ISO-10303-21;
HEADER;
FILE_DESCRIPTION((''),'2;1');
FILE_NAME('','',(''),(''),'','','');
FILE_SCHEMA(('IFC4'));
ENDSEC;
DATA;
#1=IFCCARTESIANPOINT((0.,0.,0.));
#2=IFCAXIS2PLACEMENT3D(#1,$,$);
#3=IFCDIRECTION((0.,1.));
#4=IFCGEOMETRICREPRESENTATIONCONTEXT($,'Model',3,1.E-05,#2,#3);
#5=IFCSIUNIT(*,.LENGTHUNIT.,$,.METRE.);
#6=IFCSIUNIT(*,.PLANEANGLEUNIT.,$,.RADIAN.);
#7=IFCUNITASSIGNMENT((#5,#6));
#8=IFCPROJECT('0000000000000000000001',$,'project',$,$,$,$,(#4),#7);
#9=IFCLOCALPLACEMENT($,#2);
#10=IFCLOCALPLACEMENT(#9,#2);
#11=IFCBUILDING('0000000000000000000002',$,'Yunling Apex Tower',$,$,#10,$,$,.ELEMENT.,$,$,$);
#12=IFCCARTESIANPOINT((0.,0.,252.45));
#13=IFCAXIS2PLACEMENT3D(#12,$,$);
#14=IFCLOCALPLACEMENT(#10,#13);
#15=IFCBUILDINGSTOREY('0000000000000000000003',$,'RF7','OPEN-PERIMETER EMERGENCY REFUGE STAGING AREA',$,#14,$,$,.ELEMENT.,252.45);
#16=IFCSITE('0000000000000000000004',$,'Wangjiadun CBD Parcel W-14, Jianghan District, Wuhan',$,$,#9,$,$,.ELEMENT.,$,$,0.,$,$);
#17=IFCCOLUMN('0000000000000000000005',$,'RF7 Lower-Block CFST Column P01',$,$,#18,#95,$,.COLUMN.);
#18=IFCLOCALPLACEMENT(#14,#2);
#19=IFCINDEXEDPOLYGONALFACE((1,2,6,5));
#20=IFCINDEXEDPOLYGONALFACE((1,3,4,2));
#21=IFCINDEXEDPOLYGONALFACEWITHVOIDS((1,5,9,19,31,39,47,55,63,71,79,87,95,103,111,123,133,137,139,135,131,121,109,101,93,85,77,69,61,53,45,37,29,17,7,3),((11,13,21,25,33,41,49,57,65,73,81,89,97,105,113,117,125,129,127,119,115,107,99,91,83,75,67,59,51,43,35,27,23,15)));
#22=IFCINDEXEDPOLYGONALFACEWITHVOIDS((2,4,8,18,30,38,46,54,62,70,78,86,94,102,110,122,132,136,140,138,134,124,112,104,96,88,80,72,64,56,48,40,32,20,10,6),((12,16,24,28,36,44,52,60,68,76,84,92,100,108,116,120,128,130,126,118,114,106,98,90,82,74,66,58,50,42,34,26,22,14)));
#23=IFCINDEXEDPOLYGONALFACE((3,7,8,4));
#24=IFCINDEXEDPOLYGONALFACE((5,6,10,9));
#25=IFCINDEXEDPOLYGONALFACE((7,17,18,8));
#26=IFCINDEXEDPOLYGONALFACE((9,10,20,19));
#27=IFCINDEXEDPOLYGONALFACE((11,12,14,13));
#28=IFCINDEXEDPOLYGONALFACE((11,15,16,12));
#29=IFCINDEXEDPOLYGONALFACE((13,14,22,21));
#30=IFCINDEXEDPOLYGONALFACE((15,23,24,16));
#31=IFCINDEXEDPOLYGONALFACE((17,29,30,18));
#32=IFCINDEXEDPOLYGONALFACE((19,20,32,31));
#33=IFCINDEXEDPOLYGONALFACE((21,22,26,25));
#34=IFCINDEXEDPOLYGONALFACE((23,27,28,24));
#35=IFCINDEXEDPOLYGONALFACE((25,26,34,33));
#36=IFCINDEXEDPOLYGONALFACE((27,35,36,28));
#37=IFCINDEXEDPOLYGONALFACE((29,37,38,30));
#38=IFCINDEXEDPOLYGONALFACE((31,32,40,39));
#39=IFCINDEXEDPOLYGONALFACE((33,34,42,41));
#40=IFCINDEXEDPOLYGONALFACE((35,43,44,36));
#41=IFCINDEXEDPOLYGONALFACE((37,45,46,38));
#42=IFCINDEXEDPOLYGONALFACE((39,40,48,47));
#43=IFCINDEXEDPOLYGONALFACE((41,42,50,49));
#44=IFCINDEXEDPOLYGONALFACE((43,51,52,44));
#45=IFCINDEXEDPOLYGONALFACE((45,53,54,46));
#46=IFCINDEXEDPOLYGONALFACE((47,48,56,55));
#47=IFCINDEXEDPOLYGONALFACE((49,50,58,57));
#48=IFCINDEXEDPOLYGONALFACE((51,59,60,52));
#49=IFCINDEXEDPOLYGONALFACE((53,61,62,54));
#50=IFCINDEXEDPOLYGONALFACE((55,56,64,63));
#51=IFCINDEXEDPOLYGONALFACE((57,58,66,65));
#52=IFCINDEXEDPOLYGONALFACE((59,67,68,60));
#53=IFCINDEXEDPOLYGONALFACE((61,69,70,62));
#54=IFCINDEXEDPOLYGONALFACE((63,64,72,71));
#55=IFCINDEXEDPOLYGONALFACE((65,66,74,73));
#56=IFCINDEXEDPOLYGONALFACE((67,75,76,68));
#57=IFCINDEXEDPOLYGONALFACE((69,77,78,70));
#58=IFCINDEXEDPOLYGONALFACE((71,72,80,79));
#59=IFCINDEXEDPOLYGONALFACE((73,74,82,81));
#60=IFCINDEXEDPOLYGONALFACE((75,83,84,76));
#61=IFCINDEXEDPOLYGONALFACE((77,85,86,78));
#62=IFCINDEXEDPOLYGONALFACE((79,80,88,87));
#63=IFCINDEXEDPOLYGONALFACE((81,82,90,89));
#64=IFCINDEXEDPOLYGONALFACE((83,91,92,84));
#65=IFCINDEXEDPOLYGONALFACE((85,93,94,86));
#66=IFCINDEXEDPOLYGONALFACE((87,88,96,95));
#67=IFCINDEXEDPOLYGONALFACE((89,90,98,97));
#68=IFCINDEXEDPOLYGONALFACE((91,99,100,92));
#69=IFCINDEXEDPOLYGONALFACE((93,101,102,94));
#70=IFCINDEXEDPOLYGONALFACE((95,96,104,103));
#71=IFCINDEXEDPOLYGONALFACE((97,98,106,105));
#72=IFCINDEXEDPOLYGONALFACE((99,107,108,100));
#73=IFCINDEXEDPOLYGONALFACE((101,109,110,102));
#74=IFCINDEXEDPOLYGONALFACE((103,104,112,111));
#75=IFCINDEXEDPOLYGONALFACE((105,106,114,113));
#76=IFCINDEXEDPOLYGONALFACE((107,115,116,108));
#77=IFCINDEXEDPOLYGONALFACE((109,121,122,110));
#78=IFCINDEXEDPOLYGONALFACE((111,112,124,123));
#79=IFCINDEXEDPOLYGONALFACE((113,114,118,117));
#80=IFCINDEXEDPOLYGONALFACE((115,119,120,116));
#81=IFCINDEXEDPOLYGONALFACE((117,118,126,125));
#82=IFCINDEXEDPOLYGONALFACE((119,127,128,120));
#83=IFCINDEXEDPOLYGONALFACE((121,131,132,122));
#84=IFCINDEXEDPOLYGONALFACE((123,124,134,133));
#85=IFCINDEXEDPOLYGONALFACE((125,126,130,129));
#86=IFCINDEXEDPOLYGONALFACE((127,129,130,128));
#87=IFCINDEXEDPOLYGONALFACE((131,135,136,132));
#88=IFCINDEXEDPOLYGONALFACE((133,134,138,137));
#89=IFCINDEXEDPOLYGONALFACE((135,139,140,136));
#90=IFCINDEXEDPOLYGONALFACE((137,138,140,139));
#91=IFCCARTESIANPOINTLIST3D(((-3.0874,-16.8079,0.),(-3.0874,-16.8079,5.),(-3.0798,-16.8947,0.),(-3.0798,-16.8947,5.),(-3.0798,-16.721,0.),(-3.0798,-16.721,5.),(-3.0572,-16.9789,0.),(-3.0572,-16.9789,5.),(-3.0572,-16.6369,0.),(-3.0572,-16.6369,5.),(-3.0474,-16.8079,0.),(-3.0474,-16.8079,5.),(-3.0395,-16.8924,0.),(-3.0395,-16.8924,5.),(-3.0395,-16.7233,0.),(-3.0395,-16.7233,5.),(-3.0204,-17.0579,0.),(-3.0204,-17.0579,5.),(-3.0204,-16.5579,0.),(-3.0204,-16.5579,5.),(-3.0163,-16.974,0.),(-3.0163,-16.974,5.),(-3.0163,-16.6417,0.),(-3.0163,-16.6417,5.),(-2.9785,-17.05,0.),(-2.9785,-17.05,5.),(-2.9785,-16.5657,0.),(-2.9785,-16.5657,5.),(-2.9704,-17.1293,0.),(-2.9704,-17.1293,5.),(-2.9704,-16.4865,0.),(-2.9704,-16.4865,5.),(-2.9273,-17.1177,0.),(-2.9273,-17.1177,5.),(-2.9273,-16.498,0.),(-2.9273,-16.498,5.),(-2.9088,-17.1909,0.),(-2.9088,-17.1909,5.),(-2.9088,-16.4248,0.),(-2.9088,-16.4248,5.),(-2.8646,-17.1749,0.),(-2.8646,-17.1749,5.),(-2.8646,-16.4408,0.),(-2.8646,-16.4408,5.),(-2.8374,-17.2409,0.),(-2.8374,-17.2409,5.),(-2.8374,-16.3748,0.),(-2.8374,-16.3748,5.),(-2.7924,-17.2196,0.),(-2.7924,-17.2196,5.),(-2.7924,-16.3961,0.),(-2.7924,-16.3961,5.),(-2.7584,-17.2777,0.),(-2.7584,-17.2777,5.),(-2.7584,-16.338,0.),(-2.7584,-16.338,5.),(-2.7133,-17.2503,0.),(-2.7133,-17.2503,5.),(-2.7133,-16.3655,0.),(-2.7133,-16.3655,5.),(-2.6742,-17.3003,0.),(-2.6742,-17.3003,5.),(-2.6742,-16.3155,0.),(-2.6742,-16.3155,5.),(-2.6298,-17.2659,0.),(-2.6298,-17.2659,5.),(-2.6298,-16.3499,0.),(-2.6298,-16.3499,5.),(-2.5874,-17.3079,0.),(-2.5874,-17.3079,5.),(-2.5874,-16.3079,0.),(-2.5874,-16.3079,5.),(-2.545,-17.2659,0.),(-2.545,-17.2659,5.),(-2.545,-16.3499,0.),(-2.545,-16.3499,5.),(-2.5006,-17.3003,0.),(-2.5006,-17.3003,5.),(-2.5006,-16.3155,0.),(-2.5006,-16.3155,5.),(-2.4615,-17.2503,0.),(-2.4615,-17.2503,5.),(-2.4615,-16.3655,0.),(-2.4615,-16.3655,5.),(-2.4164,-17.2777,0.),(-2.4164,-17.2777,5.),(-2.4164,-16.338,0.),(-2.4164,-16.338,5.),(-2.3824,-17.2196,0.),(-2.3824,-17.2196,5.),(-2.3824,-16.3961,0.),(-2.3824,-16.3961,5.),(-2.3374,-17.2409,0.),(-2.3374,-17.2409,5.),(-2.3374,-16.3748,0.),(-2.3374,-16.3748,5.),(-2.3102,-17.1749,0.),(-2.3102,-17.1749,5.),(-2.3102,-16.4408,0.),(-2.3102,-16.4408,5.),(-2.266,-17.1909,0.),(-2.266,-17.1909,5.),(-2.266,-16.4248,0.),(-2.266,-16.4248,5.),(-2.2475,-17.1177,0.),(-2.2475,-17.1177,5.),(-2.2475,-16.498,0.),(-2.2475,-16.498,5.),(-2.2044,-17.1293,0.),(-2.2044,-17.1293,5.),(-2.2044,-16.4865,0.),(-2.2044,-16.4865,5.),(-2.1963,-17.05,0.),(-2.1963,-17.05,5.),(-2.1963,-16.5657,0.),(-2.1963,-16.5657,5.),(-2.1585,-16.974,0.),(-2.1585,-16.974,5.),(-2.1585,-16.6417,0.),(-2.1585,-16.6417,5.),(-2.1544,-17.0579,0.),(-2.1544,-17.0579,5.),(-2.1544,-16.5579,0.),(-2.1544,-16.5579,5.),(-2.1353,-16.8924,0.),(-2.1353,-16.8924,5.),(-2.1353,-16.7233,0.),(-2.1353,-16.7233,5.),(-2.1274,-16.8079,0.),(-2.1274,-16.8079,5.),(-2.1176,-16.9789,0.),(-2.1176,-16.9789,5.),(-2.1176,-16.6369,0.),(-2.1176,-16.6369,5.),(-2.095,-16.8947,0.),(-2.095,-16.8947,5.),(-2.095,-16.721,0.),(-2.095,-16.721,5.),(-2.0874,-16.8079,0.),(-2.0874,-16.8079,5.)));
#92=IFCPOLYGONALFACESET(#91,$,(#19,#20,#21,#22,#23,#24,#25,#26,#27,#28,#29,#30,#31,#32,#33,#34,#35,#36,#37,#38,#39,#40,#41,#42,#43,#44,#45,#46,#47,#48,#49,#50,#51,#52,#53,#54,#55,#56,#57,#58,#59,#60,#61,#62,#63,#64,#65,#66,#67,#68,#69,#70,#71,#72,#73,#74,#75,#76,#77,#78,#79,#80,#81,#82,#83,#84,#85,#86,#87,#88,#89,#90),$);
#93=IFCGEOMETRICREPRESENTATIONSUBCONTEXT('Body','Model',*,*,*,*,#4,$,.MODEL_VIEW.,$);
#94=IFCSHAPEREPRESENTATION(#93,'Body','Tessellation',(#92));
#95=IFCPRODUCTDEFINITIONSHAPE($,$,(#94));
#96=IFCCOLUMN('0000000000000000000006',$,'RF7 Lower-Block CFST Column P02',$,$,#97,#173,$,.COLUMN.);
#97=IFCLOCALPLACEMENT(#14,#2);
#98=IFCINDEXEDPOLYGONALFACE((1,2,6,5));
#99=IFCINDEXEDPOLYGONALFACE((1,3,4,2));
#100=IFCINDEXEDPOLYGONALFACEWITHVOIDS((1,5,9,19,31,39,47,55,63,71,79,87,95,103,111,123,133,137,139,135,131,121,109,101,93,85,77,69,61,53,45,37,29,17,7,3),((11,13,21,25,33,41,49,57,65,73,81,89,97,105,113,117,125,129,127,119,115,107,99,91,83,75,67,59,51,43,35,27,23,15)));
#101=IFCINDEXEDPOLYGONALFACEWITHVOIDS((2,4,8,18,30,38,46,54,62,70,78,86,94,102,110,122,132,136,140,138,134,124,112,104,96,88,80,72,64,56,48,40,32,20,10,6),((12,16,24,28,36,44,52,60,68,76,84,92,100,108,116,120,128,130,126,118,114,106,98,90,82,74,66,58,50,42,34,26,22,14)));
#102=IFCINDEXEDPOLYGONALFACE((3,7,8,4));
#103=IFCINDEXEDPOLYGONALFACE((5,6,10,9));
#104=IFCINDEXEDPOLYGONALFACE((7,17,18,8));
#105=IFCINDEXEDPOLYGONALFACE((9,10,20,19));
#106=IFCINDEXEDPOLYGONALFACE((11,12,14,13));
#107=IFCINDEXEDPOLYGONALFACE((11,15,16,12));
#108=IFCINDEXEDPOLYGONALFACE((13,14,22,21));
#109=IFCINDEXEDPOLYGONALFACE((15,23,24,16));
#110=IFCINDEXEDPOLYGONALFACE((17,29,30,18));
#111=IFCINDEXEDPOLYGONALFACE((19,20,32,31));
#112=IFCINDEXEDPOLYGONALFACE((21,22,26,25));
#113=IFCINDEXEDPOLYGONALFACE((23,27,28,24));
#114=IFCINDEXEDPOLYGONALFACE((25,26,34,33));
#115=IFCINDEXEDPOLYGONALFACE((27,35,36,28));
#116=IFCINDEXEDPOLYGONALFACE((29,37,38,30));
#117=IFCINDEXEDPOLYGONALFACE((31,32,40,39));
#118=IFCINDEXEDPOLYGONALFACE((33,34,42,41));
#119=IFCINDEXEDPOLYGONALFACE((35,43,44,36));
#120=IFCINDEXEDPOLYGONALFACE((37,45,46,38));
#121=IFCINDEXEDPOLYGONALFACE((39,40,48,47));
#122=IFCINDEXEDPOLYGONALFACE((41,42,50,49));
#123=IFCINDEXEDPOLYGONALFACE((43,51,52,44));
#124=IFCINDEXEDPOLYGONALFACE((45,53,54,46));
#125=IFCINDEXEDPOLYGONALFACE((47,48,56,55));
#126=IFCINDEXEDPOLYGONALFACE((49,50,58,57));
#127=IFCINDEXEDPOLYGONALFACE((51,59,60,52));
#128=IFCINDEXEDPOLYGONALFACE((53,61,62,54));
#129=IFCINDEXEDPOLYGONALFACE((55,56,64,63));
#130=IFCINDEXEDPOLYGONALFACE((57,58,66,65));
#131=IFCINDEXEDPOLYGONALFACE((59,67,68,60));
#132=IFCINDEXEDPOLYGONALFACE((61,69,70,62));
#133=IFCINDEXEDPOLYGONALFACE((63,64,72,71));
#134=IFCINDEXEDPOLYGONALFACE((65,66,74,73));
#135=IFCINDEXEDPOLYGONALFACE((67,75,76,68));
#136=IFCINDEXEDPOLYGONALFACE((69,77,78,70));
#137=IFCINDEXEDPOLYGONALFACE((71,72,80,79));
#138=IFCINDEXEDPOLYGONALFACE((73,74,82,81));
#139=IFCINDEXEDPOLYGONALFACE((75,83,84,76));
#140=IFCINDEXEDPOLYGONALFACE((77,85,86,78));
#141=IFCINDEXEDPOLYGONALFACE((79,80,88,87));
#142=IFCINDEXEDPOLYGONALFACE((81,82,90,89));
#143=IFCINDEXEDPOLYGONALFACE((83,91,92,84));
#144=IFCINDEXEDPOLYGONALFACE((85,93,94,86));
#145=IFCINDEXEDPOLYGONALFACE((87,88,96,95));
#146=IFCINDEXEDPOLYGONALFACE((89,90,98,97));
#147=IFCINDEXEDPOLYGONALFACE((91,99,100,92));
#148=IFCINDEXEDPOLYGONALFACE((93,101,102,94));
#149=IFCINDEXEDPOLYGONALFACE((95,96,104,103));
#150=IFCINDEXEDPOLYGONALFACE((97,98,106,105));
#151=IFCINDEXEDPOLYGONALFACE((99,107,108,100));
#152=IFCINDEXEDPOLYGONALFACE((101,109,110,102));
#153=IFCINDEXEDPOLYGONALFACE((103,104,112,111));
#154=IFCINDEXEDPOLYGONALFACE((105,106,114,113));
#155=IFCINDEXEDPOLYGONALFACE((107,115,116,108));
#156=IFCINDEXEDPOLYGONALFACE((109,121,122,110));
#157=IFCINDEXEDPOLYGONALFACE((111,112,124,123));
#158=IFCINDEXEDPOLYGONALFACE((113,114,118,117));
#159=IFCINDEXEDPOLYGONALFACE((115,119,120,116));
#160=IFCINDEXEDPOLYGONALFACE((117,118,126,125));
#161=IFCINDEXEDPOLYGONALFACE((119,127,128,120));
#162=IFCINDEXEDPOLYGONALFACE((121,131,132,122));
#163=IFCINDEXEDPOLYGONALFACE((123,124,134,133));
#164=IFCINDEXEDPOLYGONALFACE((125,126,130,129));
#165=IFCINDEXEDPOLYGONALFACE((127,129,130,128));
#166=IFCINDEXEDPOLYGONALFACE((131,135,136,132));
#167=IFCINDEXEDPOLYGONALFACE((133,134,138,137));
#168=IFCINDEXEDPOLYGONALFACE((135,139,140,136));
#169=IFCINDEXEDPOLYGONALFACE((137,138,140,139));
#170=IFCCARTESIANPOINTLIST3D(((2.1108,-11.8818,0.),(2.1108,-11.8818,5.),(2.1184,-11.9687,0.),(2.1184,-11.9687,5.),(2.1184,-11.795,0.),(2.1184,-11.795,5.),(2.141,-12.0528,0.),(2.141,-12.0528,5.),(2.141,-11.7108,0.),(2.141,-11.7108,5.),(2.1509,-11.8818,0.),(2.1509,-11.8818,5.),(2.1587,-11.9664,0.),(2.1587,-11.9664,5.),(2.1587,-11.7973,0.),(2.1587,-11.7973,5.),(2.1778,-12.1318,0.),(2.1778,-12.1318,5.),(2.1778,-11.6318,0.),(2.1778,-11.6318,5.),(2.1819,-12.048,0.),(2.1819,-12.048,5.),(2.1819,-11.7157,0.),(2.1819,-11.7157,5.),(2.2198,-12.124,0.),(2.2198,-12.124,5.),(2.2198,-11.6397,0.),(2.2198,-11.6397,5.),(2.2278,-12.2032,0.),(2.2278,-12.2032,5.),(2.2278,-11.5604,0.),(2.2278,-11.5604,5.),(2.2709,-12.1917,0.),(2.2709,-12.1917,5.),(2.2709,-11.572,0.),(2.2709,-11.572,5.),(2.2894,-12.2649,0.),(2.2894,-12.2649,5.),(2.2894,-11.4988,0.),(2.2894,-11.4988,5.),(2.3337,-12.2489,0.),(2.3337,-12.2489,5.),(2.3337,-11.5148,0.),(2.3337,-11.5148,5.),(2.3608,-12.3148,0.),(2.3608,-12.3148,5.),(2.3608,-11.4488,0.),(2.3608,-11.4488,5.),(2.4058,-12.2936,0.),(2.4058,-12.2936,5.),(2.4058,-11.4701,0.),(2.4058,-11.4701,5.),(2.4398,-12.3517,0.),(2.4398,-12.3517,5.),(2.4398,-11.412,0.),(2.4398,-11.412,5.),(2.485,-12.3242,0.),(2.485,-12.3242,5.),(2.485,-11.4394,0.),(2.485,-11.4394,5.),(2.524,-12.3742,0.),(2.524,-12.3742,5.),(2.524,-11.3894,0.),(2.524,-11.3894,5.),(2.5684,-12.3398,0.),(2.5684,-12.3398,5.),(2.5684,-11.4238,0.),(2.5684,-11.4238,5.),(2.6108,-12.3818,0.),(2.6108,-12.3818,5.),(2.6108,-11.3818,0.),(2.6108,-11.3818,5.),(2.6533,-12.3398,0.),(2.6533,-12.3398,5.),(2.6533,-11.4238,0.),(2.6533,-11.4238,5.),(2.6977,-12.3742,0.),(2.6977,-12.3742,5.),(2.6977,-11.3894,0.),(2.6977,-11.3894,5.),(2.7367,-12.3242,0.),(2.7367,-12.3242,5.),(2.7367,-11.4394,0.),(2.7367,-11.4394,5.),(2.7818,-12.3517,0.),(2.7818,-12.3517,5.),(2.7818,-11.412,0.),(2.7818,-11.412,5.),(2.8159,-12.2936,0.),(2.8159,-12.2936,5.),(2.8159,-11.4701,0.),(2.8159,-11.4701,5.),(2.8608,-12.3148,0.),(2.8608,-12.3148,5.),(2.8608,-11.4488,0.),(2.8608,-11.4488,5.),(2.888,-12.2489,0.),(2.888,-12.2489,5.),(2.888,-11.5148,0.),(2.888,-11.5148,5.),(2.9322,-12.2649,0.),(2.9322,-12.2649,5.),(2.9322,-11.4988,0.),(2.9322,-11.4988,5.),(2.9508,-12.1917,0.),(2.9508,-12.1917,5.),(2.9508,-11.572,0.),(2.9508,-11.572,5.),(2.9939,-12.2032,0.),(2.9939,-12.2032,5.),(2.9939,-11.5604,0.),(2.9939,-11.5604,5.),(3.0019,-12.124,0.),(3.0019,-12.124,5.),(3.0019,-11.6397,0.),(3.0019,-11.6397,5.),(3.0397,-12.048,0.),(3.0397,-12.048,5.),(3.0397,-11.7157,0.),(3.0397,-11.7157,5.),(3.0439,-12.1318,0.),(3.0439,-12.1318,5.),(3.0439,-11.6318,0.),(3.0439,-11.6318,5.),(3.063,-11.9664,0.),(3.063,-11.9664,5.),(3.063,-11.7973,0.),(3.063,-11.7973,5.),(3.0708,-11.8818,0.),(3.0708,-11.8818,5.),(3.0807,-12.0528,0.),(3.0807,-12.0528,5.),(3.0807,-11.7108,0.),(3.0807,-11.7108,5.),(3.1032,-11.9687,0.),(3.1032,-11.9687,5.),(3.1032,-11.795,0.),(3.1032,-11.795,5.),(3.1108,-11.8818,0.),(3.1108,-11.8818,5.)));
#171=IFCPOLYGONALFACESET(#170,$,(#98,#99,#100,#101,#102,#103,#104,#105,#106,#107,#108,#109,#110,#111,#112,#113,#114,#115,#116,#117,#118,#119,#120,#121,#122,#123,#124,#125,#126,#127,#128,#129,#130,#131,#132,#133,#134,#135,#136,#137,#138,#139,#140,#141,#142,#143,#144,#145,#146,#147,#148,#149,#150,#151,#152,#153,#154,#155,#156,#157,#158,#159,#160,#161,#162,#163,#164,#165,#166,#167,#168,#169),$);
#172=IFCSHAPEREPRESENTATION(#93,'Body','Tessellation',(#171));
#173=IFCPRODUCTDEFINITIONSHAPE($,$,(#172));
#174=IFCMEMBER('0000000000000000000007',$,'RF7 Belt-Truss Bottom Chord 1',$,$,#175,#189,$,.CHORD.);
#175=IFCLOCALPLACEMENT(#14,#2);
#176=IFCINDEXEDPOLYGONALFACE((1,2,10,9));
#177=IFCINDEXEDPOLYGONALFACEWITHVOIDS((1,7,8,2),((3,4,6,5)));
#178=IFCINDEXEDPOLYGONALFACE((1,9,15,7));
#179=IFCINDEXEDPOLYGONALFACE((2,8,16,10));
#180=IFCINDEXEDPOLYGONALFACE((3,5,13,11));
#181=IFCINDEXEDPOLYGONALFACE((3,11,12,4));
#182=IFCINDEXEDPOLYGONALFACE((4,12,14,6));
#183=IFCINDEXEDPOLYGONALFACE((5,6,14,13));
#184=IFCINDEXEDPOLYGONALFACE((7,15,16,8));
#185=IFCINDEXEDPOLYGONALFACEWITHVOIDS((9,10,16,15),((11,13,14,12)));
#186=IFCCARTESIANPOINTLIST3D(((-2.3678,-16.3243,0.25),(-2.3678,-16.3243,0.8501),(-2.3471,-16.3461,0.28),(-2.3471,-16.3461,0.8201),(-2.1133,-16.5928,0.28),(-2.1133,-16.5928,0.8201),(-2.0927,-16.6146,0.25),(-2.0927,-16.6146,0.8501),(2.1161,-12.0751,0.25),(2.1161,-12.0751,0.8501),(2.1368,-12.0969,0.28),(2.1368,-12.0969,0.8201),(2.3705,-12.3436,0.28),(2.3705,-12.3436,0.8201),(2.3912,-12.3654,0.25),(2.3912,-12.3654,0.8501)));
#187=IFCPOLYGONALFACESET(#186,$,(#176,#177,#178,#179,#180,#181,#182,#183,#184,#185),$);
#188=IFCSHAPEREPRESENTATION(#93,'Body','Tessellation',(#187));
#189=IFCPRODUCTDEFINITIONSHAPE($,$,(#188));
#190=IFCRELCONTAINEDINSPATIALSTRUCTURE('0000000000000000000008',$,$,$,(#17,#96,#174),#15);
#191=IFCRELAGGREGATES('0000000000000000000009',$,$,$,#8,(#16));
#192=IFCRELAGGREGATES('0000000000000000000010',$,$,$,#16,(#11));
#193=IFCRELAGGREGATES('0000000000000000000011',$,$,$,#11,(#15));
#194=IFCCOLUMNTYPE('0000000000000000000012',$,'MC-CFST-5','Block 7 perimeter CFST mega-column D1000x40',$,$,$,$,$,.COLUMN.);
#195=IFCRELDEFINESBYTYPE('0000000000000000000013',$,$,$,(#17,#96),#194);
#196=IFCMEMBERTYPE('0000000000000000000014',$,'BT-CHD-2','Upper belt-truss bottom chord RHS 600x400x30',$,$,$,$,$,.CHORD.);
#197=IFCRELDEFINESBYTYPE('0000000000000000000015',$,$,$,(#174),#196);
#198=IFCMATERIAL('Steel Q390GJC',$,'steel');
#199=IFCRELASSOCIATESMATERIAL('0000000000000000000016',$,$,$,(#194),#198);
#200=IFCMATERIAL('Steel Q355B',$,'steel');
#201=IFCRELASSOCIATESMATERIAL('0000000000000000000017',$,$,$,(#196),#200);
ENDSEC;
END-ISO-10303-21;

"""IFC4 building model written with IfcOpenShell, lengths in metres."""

from ifc_helpers import new_model, si_unit, direction, frame, origin, origin_2d, place, context, subcontext, project, spatial, hollow_rectangle, hollow_circle, extrude, source, transform, mapped, material, material_profile, profile_set, type_object, element, save


model = new_model("IFC4")

# Units and contexts
model_context = context("Model", 3, precision=1e-05, world=origin(), true_north=direction((0.0, 1.0)))
body_context = subcontext(model_context, "Body", "Model", "MODEL_VIEW")
ifc_project = project(units=[si_unit("LENGTHUNIT", "METRE"), si_unit("PLANEANGLEUNIT", "RADIAN")], contexts=[model_context])

# Site, building, storey
site_placement = place(None, origin())
site = spatial("IfcSite", under=ifc_project, at=site_placement, Name="Wangjiadun CBD Parcel W-14, Jianghan District, Wuhan", CompositionType="ELEMENT", RefElevation=0.0)
building_placement = place(site_placement, origin())
building = spatial("IfcBuilding", under=site, at=building_placement, Name="Yunling Apex Tower", CompositionType="ELEMENT")
storey_placement = place(building_placement, frame((0.0, 0.0, 252.45)))
storey = spatial("IfcBuildingStorey", under=building, at=storey_placement, Name="RF7", Description="OPEN-PERIMETER EMERGENCY REFUGE STAGING AREA", CompositionType="ELEMENT", Elevation=252.45)

# Columns
ifc_material_1 = material(Name="Steel Q390GJC", Category="steel")
ifc_material_profile_1 = material_profile(ifc_material_1, hollow_circle(Radius=0.5, WallThickness=0.04, at=origin_2d()))
ifc_profile_set_1 = profile_set([ifc_material_profile_1], Name="Steel Q390GJC")
column_type = type_object("IfcColumnType", Name="MC-CFST-5", Description="Block 7 perimeter CFST mega-column D1000x40", PredefinedType="COLUMN", material=ifc_profile_set_1)
shared_shape_1 = source(origin(), body_context, "Body", "SweptSolid", [
    extrude(hollow_circle(Radius=0.5, WallThickness=0.04, at=origin_2d()), origin(), (0.0, 0.0, 1.0), 5.0),
])
for number, where, z_axis, x_axis, name in (
    (1, (-2.5874, -16.8079, 0.0), (0.0, 0.0, 1.0), (1.0, 0.0, 0.0), "RF7 Lower-Block CFST Column P01"),
    (2, (2.6108, -11.8818, 0.0), (0.0, 0.0, 1.0), (1.0, 0.0, 0.0), "RF7 Lower-Block CFST Column P02"),
):
    element("IfcColumn", number, at=place(storey_placement, frame(where, z_axis=z_axis, x_axis=x_axis)), inside=storey, type_object=column_type, Name=name, PredefinedType="COLUMN", context=body_context, shape_type="MappedRepresentation", body=[
        mapped(shared_shape_1, transform((0.0, 0.0, 0.0), scale=1.0)),
    ])

# Member
ifc_material_2 = material(Name="Steel Q355B", Category="steel")
ifc_material_profile_2 = material_profile(ifc_material_2, hollow_rectangle(XDim=0.3999, YDim=0.6001, WallThickness=0.03, at=origin_2d()))
ifc_profile_set_2 = profile_set([ifc_material_profile_2], Name="Steel Q355B")
member_type_1 = type_object("IfcMemberType", Name="BT-CHD-2", Description="Upper belt-truss bottom chord RHS 600x400x30", PredefinedType="CHORD", material=ifc_profile_set_2)
shared_shape_2 = source(origin(), body_context, "Body", "SweptSolid", [
    extrude(hollow_rectangle(XDim=0.3999, YDim=0.6001, WallThickness=0.03, at=origin_2d()), origin(), (0.0, 0.0, 1.0), 6.1775),
])
member_1_placement = place(storey_placement, frame((-2.2302, -16.4695, 0.55), z_axis=(0.725842, 0.687862, 0.0), x_axis=(-0.687862, 0.725842, 0.0)))
element("IfcMember", 3, at=member_1_placement, inside=storey, type_object=member_type_1, Name="RF7 Belt-Truss Bottom Chord 1", PredefinedType="CHORD", context=body_context, shape_type="MappedRepresentation", body=[
    mapped(shared_shape_2, transform((0.0, 0.0, 0.0), scale=1.0)),
])

save(model, "model.ifc")
